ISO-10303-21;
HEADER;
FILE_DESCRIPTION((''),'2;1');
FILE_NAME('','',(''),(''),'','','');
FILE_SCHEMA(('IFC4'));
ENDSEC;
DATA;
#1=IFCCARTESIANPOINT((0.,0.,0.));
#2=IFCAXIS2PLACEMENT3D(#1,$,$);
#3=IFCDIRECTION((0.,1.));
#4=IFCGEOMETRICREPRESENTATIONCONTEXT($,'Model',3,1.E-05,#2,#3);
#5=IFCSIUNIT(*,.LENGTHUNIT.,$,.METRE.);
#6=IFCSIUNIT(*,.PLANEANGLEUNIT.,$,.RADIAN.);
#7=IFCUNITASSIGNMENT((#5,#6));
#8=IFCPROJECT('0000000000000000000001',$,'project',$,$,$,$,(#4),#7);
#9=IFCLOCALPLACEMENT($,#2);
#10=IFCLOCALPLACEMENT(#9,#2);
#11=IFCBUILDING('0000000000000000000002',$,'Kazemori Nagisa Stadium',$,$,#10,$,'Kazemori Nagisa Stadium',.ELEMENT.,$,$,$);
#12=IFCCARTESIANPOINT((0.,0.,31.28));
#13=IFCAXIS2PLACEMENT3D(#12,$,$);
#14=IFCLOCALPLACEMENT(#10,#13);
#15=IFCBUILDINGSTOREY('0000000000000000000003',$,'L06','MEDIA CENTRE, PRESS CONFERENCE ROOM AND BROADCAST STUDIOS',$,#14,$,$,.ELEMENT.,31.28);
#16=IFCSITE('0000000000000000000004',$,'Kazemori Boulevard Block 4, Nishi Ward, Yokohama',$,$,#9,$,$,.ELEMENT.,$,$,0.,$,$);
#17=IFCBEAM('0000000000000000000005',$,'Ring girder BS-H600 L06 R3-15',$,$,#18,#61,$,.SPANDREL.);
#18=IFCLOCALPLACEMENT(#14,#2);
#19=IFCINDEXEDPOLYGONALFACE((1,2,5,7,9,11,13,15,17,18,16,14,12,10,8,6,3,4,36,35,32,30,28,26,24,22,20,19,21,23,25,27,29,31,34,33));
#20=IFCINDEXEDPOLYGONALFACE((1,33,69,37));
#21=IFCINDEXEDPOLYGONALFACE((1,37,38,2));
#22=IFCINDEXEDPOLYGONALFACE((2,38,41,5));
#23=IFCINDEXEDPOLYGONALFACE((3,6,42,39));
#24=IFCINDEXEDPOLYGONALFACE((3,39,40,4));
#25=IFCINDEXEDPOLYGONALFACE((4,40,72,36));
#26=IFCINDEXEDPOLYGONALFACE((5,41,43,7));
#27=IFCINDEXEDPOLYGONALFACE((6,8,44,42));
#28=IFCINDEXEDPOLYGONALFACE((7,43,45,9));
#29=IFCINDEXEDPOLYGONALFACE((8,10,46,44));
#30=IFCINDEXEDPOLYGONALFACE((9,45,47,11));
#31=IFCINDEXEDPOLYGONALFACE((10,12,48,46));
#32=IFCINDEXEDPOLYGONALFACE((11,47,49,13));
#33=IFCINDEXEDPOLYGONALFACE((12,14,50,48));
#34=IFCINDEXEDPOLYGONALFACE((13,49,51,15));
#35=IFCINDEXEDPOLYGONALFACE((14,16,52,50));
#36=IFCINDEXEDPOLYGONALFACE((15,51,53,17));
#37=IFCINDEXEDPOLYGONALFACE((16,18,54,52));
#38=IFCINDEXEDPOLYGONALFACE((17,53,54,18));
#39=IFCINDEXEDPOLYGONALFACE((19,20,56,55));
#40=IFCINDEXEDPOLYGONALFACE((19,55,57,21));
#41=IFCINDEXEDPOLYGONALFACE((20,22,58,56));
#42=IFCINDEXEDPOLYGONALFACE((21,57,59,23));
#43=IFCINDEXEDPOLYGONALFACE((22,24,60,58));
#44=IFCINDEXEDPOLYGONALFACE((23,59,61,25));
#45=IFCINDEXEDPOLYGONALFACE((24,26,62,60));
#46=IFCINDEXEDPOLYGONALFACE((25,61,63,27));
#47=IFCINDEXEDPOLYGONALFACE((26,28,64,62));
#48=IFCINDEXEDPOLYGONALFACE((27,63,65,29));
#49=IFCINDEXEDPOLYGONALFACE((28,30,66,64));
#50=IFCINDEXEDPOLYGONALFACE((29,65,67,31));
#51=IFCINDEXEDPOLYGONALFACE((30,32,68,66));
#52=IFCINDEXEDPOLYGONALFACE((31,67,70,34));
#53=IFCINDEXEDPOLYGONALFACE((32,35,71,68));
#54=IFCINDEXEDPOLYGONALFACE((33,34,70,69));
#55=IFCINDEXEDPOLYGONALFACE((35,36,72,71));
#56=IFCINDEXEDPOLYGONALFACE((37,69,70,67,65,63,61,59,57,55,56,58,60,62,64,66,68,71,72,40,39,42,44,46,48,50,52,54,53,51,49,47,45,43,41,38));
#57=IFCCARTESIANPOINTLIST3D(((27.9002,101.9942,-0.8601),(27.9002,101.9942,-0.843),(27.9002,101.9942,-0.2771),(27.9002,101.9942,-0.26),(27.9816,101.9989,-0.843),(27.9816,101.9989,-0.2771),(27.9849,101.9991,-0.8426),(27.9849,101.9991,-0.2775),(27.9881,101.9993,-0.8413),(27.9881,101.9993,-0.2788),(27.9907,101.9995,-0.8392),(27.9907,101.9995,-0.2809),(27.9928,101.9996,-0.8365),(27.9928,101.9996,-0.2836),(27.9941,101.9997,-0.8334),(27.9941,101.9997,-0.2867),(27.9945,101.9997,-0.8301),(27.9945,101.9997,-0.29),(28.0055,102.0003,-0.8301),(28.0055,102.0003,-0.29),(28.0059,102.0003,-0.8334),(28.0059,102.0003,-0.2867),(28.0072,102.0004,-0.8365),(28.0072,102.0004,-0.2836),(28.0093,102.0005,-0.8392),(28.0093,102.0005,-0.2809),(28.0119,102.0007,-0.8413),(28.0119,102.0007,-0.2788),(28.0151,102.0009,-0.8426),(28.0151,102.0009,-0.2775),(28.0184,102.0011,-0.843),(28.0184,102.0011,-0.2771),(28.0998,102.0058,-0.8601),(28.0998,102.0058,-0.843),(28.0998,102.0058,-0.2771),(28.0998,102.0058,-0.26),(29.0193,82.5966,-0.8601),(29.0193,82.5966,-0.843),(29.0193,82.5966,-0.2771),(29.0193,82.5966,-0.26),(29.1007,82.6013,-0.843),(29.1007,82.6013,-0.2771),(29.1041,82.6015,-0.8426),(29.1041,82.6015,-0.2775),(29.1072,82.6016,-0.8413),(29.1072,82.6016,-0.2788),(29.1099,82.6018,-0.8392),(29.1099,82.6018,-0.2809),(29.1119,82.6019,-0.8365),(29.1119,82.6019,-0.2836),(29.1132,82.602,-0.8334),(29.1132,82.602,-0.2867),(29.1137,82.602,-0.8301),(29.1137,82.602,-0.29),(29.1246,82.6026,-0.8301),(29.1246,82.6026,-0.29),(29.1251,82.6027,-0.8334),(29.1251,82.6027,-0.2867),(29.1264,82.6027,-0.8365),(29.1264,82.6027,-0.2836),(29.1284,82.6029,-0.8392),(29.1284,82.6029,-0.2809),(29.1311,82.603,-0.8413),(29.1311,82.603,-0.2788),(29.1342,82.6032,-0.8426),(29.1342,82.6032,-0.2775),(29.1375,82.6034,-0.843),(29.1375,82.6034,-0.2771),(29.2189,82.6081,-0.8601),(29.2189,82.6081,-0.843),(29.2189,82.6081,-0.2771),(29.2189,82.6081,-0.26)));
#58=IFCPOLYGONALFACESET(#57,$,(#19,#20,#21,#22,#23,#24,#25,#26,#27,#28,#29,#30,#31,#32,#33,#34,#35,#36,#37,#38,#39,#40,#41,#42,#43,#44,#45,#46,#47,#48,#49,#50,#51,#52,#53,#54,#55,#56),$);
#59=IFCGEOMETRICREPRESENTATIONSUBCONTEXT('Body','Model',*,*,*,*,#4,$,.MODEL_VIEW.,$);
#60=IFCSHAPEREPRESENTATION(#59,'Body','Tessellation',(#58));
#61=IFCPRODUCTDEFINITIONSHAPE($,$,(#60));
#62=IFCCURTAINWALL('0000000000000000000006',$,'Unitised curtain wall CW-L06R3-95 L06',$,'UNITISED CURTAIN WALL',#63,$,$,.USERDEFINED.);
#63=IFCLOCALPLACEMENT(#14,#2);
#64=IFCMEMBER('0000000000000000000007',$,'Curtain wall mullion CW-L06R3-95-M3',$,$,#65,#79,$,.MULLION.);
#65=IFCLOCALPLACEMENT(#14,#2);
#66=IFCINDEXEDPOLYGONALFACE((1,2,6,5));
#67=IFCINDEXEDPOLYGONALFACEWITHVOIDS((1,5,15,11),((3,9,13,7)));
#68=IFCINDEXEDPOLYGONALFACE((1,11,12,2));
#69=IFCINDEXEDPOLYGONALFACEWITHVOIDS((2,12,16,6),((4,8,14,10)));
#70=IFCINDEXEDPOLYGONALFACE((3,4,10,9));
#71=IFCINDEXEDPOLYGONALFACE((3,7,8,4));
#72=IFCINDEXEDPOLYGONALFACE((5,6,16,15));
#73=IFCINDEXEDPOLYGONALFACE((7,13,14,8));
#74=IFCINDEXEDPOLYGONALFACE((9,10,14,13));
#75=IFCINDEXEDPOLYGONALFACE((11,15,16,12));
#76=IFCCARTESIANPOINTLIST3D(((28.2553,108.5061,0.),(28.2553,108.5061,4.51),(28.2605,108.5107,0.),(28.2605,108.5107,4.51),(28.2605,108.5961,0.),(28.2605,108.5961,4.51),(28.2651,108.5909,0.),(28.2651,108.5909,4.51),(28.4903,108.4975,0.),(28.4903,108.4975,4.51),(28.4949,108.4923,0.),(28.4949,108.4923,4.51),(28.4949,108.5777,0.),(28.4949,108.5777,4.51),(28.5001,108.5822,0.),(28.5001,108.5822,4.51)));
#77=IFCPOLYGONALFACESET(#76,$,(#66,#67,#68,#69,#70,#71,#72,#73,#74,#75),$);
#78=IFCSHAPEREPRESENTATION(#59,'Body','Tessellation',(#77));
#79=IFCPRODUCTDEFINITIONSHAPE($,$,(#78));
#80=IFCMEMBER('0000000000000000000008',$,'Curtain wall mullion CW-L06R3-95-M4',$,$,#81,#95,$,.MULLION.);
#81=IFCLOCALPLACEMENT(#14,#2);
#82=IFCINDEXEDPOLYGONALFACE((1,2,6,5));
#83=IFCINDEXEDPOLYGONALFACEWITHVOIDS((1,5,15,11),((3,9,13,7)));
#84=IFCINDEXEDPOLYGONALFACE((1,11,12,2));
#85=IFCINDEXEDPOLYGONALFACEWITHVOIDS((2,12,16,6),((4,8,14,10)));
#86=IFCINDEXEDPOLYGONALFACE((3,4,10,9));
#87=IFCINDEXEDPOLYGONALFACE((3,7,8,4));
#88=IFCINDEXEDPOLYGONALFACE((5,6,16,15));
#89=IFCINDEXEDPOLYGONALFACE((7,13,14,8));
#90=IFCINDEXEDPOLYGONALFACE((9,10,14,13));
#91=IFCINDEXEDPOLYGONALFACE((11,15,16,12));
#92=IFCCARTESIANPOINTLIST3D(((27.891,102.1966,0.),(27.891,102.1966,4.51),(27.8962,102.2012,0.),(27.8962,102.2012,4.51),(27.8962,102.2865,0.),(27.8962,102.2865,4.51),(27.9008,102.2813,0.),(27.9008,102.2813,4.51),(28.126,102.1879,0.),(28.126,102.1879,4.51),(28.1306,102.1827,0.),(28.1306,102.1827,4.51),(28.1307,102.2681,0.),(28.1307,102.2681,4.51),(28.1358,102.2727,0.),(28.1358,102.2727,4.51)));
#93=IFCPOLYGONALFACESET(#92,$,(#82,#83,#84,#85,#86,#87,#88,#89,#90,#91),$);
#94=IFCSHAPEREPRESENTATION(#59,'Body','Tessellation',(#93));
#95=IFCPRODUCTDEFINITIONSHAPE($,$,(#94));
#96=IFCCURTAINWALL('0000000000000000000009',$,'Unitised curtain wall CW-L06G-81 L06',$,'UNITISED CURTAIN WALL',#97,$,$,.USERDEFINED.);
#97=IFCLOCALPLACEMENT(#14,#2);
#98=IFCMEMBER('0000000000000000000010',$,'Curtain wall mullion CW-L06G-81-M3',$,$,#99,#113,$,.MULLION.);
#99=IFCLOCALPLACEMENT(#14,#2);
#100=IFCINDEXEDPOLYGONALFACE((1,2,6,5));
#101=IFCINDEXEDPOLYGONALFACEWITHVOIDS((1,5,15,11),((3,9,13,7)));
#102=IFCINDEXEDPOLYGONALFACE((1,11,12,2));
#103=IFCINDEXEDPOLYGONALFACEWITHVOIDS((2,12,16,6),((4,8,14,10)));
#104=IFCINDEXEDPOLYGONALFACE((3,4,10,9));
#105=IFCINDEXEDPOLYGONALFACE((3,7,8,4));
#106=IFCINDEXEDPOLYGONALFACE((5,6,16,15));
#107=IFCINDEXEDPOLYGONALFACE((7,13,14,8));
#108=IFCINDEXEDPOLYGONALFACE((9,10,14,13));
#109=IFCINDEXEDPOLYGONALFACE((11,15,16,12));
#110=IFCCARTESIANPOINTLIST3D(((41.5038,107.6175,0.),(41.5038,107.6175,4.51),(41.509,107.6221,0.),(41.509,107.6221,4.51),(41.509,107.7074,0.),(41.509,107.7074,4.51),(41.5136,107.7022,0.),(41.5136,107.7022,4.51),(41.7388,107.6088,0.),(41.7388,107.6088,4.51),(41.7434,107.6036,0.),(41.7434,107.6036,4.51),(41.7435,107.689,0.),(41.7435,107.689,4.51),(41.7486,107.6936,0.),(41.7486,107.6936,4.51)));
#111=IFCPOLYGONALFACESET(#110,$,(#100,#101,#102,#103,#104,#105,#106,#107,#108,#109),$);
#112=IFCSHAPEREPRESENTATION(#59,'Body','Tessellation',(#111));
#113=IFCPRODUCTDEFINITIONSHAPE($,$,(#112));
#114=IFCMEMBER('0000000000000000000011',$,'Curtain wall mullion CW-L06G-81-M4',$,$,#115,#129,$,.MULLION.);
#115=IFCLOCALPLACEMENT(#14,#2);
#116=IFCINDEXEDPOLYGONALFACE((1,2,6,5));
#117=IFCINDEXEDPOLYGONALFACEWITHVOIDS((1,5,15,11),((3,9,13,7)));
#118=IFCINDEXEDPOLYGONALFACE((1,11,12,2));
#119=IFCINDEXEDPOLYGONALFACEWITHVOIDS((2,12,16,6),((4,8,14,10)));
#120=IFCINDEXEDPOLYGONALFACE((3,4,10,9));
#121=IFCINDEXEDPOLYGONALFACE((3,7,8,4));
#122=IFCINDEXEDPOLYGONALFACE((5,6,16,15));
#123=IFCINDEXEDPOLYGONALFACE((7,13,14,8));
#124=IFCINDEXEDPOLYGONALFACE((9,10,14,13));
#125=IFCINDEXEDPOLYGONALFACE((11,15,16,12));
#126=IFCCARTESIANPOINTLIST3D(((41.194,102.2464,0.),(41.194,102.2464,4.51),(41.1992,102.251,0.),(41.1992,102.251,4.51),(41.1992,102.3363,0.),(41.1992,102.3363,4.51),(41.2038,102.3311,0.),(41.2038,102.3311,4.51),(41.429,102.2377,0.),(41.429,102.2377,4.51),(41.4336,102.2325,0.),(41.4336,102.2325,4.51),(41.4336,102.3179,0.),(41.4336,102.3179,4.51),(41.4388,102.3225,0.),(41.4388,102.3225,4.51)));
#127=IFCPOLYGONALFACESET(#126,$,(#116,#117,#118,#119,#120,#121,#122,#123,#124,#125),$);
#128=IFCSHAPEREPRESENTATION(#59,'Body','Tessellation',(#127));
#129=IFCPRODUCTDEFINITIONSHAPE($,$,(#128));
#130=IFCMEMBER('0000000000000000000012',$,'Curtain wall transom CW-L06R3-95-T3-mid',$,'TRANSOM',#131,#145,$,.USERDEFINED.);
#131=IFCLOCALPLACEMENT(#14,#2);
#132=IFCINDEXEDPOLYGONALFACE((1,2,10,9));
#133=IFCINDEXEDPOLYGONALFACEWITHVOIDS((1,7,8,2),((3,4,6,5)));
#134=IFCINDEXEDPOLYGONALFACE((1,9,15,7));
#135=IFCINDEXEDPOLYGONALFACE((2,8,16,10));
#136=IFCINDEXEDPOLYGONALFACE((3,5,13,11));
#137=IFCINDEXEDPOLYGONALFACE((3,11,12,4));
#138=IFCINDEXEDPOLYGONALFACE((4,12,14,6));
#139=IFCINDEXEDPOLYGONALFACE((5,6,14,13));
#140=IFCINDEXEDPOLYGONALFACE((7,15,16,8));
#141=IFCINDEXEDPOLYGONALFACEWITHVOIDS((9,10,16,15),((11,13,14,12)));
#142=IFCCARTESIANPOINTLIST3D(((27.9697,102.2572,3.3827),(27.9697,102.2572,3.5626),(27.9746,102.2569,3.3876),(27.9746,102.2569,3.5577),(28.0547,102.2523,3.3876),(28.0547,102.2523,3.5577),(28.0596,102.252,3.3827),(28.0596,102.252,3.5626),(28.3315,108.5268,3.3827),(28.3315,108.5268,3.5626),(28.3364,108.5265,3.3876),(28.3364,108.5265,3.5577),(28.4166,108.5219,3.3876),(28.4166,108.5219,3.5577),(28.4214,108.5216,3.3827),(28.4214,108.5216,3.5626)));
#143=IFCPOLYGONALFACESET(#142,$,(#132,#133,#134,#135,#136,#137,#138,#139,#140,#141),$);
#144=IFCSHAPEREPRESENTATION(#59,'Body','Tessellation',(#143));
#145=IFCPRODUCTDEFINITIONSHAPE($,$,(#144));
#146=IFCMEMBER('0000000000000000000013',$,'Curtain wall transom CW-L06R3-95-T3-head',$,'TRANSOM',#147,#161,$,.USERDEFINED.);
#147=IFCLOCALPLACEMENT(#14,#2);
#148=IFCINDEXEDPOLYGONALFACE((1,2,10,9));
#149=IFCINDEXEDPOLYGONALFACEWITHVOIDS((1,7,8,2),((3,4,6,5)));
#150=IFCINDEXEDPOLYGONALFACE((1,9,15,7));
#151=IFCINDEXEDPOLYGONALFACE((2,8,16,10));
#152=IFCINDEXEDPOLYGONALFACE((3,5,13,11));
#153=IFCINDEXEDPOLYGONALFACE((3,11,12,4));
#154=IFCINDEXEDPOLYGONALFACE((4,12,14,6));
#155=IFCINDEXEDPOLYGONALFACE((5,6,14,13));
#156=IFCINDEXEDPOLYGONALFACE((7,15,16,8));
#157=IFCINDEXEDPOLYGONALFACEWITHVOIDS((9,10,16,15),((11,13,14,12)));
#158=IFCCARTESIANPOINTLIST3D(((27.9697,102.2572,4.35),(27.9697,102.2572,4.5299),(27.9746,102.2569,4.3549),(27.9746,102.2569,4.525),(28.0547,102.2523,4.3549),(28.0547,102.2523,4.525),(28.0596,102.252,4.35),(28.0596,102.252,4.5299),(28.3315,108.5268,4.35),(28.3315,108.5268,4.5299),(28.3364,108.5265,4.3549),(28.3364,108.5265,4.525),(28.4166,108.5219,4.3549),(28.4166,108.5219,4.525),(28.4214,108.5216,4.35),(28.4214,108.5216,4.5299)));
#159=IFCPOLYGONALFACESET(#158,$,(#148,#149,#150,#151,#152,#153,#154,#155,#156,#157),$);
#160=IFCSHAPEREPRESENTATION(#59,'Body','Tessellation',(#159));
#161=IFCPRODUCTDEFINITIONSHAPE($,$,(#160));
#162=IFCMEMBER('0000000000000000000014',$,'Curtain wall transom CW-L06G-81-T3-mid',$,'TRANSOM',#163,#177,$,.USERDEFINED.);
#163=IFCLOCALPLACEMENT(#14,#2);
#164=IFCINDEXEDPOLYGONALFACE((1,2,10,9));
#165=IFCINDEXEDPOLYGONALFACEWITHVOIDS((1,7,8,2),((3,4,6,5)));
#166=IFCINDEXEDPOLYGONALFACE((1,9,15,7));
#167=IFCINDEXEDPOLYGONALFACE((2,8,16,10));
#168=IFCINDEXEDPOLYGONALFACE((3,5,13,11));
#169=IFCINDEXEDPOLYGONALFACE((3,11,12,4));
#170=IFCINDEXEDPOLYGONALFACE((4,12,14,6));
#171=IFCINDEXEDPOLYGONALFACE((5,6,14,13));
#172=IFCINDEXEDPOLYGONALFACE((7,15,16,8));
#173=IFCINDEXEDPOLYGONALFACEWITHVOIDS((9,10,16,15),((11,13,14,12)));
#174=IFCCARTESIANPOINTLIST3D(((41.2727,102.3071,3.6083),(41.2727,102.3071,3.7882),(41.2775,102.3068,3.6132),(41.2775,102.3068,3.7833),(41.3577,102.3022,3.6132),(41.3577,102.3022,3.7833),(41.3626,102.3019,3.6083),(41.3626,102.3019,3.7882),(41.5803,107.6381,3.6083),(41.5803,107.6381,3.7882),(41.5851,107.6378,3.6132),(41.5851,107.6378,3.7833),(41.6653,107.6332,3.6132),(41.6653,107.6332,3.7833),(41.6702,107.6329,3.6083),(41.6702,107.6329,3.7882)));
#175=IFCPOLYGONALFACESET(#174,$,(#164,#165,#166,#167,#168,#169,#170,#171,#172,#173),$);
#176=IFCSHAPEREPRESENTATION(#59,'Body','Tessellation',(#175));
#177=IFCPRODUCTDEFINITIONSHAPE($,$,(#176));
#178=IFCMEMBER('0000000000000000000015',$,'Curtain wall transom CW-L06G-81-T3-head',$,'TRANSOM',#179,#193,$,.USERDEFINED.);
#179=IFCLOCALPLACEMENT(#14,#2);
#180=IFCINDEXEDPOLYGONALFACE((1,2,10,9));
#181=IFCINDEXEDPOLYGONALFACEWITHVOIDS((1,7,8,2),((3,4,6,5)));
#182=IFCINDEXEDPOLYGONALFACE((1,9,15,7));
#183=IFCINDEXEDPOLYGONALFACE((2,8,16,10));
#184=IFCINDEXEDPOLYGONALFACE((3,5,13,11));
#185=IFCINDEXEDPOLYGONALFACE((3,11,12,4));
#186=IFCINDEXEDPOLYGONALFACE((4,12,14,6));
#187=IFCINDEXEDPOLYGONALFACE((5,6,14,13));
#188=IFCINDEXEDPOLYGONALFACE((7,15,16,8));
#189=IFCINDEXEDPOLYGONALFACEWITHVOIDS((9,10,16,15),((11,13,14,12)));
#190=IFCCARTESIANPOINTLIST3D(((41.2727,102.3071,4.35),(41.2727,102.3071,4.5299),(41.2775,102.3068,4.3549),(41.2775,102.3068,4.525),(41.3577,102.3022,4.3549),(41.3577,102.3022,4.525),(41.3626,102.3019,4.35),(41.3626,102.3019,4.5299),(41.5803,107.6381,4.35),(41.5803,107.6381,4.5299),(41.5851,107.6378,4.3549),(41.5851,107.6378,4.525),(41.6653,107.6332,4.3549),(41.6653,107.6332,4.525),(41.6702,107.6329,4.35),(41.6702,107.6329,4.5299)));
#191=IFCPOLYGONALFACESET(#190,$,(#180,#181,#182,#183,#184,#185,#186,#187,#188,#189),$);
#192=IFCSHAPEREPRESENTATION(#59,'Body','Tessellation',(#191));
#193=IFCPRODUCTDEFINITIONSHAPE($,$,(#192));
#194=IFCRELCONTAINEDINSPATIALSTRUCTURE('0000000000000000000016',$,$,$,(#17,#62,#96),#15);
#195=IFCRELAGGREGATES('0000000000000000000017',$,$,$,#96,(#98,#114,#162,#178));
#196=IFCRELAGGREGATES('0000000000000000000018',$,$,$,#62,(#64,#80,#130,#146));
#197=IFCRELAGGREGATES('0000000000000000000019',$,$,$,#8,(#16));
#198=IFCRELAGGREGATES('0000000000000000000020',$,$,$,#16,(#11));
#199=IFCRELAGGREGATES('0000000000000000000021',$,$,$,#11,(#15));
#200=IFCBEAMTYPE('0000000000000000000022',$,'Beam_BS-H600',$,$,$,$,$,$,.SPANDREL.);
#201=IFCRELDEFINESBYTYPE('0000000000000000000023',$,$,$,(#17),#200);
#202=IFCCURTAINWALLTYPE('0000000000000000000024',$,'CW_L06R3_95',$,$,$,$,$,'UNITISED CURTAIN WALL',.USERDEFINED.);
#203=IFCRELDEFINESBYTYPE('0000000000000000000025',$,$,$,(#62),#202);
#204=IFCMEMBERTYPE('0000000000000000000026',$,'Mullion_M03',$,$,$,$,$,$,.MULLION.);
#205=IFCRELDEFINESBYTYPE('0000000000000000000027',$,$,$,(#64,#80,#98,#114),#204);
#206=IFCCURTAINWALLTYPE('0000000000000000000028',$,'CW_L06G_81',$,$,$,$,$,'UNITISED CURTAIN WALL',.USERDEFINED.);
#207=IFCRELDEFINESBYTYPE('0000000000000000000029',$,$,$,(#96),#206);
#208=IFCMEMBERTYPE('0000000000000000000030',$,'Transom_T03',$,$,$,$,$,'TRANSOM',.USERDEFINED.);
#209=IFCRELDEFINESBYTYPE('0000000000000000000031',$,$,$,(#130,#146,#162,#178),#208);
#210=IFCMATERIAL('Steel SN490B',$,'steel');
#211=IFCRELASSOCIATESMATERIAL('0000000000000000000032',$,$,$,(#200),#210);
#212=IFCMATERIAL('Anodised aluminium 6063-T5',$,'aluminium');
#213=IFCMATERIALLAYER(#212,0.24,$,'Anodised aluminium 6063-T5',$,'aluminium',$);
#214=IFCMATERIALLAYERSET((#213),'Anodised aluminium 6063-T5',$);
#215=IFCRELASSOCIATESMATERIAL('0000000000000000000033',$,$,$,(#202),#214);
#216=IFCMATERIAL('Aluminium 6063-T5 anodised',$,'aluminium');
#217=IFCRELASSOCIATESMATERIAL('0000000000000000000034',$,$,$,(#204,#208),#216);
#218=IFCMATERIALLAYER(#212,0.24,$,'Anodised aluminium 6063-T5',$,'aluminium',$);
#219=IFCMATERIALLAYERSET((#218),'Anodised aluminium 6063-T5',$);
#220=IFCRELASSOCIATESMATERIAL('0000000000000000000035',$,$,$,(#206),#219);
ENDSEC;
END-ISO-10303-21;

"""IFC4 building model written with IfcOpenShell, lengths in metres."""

from ifc_helpers import new_model, si_unit, direction, frame, origin, origin_2d, place, context, subcontext, project, spatial, hollow_rectangle, i_section, extrude, material, layer, layer_set, material_profile, profile_set, type_object, element, aggregate, save


model = new_model("IFC4")

# Units and contexts
model_context = context("Model", 3, precision=1e-05, world=origin(), true_north=direction((0.0, 1.0)))
body_context = subcontext(model_context, "Body", "Model", "MODEL_VIEW")
ifc_project = project(units=[si_unit("LENGTHUNIT", "METRE"), si_unit("PLANEANGLEUNIT", "RADIAN")], contexts=[model_context])

# Site, building, storey
site_placement = place(None, origin())
site = spatial("IfcSite", under=ifc_project, at=site_placement, Name="Kazemori Boulevard Block 4, Nishi Ward, Yokohama", CompositionType="ELEMENT", RefElevation=0.0)
building_placement = place(site_placement, origin())
building = spatial("IfcBuilding", under=site, at=building_placement, Name="Kazemori Nagisa Stadium", LongName="Kazemori Nagisa Stadium", CompositionType="ELEMENT")
storey_placement = place(building_placement, frame((0.0, 0.0, 31.28)))
storey = spatial("IfcBuildingStorey", under=building, at=storey_placement, Name="L06", Description="MEDIA CENTRE, PRESS CONFERENCE ROOM AND BROADCAST STUDIOS", CompositionType="ELEMENT", Elevation=31.28)

# Shared definitions
ifc_material_1 = material(Name="Steel SN490B", Category="steel")

# Beam
ifc_material_profile_1 = material_profile(ifc_material_1, i_section(OverallWidth=0.2, OverallDepth=0.6001, WebThickness=0.011, FlangeThickness=0.0171, FilletRadius=0.0129, at=origin_2d()), Name="H-600x200x11x17")
ifc_profile_set_1 = profile_set([ifc_material_profile_1], Name="Steel SN490B")
beam_type_1 = type_object("IfcBeamType", Name="Beam_BS-H600", PredefinedType="SPANDREL", material=ifc_profile_set_1)
beam_1_placement = place(storey_placement, frame((28.0, 102.0, -0.5601), z_axis=(0.057599, -0.99834, 0.0), x_axis=(0.99834, 0.057599, 0.0)))
element("IfcBeam", 1, at=beam_1_placement, inside=storey, type_object=beam_type_1, Name="Ring girder BS-H600 L06 R3-15", PredefinedType="SPANDREL", context=body_context, shape_type="SweptSolid", body=[
    extrude(i_section(OverallWidth=0.2, OverallDepth=0.6001, WebThickness=0.011, FlangeThickness=0.0171, FilletRadius=0.0129, at=origin_2d()), origin(), (0.0, 0.0, 1.0), 19.4299),
])

# Curtain walls, members
ifc_material_2 = material(Name="Anodised aluminium 6063-T5", Category="aluminium")
ifc_layer_1 = layer(ifc_material_2, 0.24, Name="Anodised aluminium 6063-T5", Category="aluminium")
ifc_layer_set_1 = layer_set([ifc_layer_1], Name="Anodised aluminium 6063-T5")
curtain_wall_type_1 = type_object("IfcCurtainWallType", Name="CW_L06R3_95", ElementType="UNITISED CURTAIN WALL", PredefinedType="USERDEFINED", material=ifc_layer_set_1)
curtain_wall_1_placement = place(storey_placement, origin())
curtain_wall_1 = element("IfcCurtainWall", 2, at=curtain_wall_1_placement, inside=storey, type_object=curtain_wall_type_1, Name="Unitised curtain wall CW-L06R3-95 L06", ObjectType="UNITISED CURTAIN WALL", PredefinedType="USERDEFINED")
ifc_material_3 = material(Name="Aluminium 6063-T5 anodised", Category="aluminium")
ifc_material_profile_2 = material_profile(ifc_material_3, hollow_rectangle(XDim=0.0901, YDim=0.24, WallThickness=0.0049, at=origin_2d()), Name="ALU-MULL-90x240x5")
ifc_profile_set_2 = profile_set([ifc_material_profile_2], Name="Aluminium 6063-T5 anodised")
member_type_1 = type_object("IfcMemberType", Name="Mullion_M03", PredefinedType="MULLION", material=ifc_profile_set_2)
member_1_placement = place(storey_placement, frame((28.3777, 108.5442, 0.0), z_axis=(0.0, 0.0, 1.0), x_axis=(-0.057602, -0.99834, 0.0)))
member_1 = element("IfcMember", 3, at=member_1_placement, type_object=member_type_1, Name="Curtain wall mullion CW-L06R3-95-M3", PredefinedType="MULLION", context=body_context, shape_type="SweptSolid", body=[
    extrude(hollow_rectangle(XDim=0.0901, YDim=0.24, WallThickness=0.0049, at=origin_2d()), origin(), (0.0, 0.0, 1.0), 4.51),
])
member_2_placement = place(storey_placement, frame((28.0134, 102.2346, 0.0), z_axis=(0.0, 0.0, 1.0), x_axis=(-0.057602, -0.99834, 0.0)))
member_2 = element("IfcMember", 4, at=member_2_placement, type_object=member_type_1, Name="Curtain wall mullion CW-L06R3-95-M4", PredefinedType="MULLION", context=body_context, shape_type="SweptSolid", body=[
    extrude(hollow_rectangle(XDim=0.0901, YDim=0.24, WallThickness=0.0049, at=origin_2d()), origin(), (0.0, 0.0, 1.0), 4.51),
])
ifc_layer_2 = layer(ifc_material_2, 0.24, Name="Anodised aluminium 6063-T5", Category="aluminium")
ifc_layer_set_2 = layer_set([ifc_layer_2], Name="Anodised aluminium 6063-T5")
curtain_wall_type_2 = type_object("IfcCurtainWallType", Name="CW_L06G_81", ElementType="UNITISED CURTAIN WALL", PredefinedType="USERDEFINED", material=ifc_layer_set_2)
curtain_wall_2_placement = place(storey_placement, origin())
curtain_wall_2 = element("IfcCurtainWall", 5, at=curtain_wall_2_placement, inside=storey, type_object=curtain_wall_type_2, Name="Unitised curtain wall CW-L06G-81 L06", ObjectType="UNITISED CURTAIN WALL", PredefinedType="USERDEFINED")
member_3_placement = place(storey_placement, frame((41.6262, 107.6555, 0.0), z_axis=(0.0, 0.0, 1.0), x_axis=(-0.057602, -0.99834, 0.0)))
member_3 = element("IfcMember", 6, at=member_3_placement, type_object=member_type_1, Name="Curtain wall mullion CW-L06G-81-M3", PredefinedType="MULLION", context=body_context, shape_type="SweptSolid", body=[
    extrude(hollow_rectangle(XDim=0.0901, YDim=0.24, WallThickness=0.0049, at=origin_2d()), origin(), (0.0, 0.0, 1.0), 4.51),
])
member_4_placement = place(storey_placement, frame((41.3164, 102.2844, 0.0), z_axis=(0.0, 0.0, 1.0), x_axis=(-0.057602, -0.99834, 0.0)))
member_4 = element("IfcMember", 7, at=member_4_placement, type_object=member_type_1, Name="Curtain wall mullion CW-L06G-81-M4", PredefinedType="MULLION", context=body_context, shape_type="SweptSolid", body=[
    extrude(hollow_rectangle(XDim=0.0901, YDim=0.24, WallThickness=0.0049, at=origin_2d()), origin(), (0.0, 0.0, 1.0), 4.51),
])

# Members
ifc_material_profile_3 = material_profile(ifc_material_3, hollow_rectangle(XDim=0.0901, YDim=0.1799, WallThickness=0.0049, at=origin_2d()), Name="ALU-TRAN-90x180x5")
ifc_profile_set_3 = profile_set([ifc_material_profile_3], Name="Aluminium 6063-T5 anodised")
member_type_2 = type_object("IfcMemberType", Name="Transom_T03", ElementType="TRANSOM", PredefinedType="USERDEFINED", material=ifc_profile_set_3)
member_5_placement = place(storey_placement, frame((28.3765, 108.5242, 3.4727), z_axis=(-0.057614, -0.998339, 0.0), x_axis=(0.998339, -0.057614, 0.0)))
member_5 = element("IfcMember", 8, at=member_5_placement, type_object=member_type_2, Name="Curtain wall transom CW-L06R3-95-T3-mid", ObjectType="TRANSOM", PredefinedType="USERDEFINED", context=body_context, shape_type="SweptSolid", body=[
    extrude(hollow_rectangle(XDim=0.0901, YDim=0.1799, WallThickness=0.0049, at=origin_2d()), origin(), (0.0, 0.0, 1.0), 6.28),
])
member_6_placement = place(storey_placement, frame((28.3765, 108.5242, 4.4399), z_axis=(-0.057614, -0.998339, 0.0), x_axis=(0.998339, -0.057614, 0.0)))
member_6 = element("IfcMember", 9, at=member_6_placement, type_object=member_type_2, Name="Curtain wall transom CW-L06R3-95-T3-head", ObjectType="TRANSOM", PredefinedType="USERDEFINED", context=body_context, shape_type="SweptSolid", body=[
    extrude(hollow_rectangle(XDim=0.0901, YDim=0.1799, WallThickness=0.0049, at=origin_2d()), origin(), (0.0, 0.0, 1.0), 6.28),
])
member_7_placement = place(storey_placement, frame((41.6252, 107.6355, 3.6982), z_axis=(-0.057607, -0.998339, 0.0), x_axis=(0.998339, -0.057607, 0.0)))
member_7 = element("IfcMember", 10, at=member_7_placement, type_object=member_type_2, Name="Curtain wall transom CW-L06G-81-T3-mid", ObjectType="TRANSOM", PredefinedType="USERDEFINED", context=body_context, shape_type="SweptSolid", body=[
    extrude(hollow_rectangle(XDim=0.0901, YDim=0.1799, WallThickness=0.0049, at=origin_2d()), origin(), (0.0, 0.0, 1.0), 5.3398),
])
member_8_placement = place(storey_placement, frame((41.6252, 107.6355, 4.4399), z_axis=(-0.057607, -0.998339, 0.0), x_axis=(0.998339, -0.057607, 0.0)))
member_8 = element("IfcMember", 11, at=member_8_placement, type_object=member_type_2, Name="Curtain wall transom CW-L06G-81-T3-head", ObjectType="TRANSOM", PredefinedType="USERDEFINED", context=body_context, shape_type="SweptSolid", body=[
    extrude(hollow_rectangle(XDim=0.0901, YDim=0.1799, WallThickness=0.0049, at=origin_2d()), origin(), (0.0, 0.0, 1.0), 5.3398),
])

aggregate(curtain_wall_2, [member_3, member_4, member_7, member_8])
aggregate(curtain_wall_1, [member_1, member_2, member_5, member_6])

save(model, "model.ifc")
